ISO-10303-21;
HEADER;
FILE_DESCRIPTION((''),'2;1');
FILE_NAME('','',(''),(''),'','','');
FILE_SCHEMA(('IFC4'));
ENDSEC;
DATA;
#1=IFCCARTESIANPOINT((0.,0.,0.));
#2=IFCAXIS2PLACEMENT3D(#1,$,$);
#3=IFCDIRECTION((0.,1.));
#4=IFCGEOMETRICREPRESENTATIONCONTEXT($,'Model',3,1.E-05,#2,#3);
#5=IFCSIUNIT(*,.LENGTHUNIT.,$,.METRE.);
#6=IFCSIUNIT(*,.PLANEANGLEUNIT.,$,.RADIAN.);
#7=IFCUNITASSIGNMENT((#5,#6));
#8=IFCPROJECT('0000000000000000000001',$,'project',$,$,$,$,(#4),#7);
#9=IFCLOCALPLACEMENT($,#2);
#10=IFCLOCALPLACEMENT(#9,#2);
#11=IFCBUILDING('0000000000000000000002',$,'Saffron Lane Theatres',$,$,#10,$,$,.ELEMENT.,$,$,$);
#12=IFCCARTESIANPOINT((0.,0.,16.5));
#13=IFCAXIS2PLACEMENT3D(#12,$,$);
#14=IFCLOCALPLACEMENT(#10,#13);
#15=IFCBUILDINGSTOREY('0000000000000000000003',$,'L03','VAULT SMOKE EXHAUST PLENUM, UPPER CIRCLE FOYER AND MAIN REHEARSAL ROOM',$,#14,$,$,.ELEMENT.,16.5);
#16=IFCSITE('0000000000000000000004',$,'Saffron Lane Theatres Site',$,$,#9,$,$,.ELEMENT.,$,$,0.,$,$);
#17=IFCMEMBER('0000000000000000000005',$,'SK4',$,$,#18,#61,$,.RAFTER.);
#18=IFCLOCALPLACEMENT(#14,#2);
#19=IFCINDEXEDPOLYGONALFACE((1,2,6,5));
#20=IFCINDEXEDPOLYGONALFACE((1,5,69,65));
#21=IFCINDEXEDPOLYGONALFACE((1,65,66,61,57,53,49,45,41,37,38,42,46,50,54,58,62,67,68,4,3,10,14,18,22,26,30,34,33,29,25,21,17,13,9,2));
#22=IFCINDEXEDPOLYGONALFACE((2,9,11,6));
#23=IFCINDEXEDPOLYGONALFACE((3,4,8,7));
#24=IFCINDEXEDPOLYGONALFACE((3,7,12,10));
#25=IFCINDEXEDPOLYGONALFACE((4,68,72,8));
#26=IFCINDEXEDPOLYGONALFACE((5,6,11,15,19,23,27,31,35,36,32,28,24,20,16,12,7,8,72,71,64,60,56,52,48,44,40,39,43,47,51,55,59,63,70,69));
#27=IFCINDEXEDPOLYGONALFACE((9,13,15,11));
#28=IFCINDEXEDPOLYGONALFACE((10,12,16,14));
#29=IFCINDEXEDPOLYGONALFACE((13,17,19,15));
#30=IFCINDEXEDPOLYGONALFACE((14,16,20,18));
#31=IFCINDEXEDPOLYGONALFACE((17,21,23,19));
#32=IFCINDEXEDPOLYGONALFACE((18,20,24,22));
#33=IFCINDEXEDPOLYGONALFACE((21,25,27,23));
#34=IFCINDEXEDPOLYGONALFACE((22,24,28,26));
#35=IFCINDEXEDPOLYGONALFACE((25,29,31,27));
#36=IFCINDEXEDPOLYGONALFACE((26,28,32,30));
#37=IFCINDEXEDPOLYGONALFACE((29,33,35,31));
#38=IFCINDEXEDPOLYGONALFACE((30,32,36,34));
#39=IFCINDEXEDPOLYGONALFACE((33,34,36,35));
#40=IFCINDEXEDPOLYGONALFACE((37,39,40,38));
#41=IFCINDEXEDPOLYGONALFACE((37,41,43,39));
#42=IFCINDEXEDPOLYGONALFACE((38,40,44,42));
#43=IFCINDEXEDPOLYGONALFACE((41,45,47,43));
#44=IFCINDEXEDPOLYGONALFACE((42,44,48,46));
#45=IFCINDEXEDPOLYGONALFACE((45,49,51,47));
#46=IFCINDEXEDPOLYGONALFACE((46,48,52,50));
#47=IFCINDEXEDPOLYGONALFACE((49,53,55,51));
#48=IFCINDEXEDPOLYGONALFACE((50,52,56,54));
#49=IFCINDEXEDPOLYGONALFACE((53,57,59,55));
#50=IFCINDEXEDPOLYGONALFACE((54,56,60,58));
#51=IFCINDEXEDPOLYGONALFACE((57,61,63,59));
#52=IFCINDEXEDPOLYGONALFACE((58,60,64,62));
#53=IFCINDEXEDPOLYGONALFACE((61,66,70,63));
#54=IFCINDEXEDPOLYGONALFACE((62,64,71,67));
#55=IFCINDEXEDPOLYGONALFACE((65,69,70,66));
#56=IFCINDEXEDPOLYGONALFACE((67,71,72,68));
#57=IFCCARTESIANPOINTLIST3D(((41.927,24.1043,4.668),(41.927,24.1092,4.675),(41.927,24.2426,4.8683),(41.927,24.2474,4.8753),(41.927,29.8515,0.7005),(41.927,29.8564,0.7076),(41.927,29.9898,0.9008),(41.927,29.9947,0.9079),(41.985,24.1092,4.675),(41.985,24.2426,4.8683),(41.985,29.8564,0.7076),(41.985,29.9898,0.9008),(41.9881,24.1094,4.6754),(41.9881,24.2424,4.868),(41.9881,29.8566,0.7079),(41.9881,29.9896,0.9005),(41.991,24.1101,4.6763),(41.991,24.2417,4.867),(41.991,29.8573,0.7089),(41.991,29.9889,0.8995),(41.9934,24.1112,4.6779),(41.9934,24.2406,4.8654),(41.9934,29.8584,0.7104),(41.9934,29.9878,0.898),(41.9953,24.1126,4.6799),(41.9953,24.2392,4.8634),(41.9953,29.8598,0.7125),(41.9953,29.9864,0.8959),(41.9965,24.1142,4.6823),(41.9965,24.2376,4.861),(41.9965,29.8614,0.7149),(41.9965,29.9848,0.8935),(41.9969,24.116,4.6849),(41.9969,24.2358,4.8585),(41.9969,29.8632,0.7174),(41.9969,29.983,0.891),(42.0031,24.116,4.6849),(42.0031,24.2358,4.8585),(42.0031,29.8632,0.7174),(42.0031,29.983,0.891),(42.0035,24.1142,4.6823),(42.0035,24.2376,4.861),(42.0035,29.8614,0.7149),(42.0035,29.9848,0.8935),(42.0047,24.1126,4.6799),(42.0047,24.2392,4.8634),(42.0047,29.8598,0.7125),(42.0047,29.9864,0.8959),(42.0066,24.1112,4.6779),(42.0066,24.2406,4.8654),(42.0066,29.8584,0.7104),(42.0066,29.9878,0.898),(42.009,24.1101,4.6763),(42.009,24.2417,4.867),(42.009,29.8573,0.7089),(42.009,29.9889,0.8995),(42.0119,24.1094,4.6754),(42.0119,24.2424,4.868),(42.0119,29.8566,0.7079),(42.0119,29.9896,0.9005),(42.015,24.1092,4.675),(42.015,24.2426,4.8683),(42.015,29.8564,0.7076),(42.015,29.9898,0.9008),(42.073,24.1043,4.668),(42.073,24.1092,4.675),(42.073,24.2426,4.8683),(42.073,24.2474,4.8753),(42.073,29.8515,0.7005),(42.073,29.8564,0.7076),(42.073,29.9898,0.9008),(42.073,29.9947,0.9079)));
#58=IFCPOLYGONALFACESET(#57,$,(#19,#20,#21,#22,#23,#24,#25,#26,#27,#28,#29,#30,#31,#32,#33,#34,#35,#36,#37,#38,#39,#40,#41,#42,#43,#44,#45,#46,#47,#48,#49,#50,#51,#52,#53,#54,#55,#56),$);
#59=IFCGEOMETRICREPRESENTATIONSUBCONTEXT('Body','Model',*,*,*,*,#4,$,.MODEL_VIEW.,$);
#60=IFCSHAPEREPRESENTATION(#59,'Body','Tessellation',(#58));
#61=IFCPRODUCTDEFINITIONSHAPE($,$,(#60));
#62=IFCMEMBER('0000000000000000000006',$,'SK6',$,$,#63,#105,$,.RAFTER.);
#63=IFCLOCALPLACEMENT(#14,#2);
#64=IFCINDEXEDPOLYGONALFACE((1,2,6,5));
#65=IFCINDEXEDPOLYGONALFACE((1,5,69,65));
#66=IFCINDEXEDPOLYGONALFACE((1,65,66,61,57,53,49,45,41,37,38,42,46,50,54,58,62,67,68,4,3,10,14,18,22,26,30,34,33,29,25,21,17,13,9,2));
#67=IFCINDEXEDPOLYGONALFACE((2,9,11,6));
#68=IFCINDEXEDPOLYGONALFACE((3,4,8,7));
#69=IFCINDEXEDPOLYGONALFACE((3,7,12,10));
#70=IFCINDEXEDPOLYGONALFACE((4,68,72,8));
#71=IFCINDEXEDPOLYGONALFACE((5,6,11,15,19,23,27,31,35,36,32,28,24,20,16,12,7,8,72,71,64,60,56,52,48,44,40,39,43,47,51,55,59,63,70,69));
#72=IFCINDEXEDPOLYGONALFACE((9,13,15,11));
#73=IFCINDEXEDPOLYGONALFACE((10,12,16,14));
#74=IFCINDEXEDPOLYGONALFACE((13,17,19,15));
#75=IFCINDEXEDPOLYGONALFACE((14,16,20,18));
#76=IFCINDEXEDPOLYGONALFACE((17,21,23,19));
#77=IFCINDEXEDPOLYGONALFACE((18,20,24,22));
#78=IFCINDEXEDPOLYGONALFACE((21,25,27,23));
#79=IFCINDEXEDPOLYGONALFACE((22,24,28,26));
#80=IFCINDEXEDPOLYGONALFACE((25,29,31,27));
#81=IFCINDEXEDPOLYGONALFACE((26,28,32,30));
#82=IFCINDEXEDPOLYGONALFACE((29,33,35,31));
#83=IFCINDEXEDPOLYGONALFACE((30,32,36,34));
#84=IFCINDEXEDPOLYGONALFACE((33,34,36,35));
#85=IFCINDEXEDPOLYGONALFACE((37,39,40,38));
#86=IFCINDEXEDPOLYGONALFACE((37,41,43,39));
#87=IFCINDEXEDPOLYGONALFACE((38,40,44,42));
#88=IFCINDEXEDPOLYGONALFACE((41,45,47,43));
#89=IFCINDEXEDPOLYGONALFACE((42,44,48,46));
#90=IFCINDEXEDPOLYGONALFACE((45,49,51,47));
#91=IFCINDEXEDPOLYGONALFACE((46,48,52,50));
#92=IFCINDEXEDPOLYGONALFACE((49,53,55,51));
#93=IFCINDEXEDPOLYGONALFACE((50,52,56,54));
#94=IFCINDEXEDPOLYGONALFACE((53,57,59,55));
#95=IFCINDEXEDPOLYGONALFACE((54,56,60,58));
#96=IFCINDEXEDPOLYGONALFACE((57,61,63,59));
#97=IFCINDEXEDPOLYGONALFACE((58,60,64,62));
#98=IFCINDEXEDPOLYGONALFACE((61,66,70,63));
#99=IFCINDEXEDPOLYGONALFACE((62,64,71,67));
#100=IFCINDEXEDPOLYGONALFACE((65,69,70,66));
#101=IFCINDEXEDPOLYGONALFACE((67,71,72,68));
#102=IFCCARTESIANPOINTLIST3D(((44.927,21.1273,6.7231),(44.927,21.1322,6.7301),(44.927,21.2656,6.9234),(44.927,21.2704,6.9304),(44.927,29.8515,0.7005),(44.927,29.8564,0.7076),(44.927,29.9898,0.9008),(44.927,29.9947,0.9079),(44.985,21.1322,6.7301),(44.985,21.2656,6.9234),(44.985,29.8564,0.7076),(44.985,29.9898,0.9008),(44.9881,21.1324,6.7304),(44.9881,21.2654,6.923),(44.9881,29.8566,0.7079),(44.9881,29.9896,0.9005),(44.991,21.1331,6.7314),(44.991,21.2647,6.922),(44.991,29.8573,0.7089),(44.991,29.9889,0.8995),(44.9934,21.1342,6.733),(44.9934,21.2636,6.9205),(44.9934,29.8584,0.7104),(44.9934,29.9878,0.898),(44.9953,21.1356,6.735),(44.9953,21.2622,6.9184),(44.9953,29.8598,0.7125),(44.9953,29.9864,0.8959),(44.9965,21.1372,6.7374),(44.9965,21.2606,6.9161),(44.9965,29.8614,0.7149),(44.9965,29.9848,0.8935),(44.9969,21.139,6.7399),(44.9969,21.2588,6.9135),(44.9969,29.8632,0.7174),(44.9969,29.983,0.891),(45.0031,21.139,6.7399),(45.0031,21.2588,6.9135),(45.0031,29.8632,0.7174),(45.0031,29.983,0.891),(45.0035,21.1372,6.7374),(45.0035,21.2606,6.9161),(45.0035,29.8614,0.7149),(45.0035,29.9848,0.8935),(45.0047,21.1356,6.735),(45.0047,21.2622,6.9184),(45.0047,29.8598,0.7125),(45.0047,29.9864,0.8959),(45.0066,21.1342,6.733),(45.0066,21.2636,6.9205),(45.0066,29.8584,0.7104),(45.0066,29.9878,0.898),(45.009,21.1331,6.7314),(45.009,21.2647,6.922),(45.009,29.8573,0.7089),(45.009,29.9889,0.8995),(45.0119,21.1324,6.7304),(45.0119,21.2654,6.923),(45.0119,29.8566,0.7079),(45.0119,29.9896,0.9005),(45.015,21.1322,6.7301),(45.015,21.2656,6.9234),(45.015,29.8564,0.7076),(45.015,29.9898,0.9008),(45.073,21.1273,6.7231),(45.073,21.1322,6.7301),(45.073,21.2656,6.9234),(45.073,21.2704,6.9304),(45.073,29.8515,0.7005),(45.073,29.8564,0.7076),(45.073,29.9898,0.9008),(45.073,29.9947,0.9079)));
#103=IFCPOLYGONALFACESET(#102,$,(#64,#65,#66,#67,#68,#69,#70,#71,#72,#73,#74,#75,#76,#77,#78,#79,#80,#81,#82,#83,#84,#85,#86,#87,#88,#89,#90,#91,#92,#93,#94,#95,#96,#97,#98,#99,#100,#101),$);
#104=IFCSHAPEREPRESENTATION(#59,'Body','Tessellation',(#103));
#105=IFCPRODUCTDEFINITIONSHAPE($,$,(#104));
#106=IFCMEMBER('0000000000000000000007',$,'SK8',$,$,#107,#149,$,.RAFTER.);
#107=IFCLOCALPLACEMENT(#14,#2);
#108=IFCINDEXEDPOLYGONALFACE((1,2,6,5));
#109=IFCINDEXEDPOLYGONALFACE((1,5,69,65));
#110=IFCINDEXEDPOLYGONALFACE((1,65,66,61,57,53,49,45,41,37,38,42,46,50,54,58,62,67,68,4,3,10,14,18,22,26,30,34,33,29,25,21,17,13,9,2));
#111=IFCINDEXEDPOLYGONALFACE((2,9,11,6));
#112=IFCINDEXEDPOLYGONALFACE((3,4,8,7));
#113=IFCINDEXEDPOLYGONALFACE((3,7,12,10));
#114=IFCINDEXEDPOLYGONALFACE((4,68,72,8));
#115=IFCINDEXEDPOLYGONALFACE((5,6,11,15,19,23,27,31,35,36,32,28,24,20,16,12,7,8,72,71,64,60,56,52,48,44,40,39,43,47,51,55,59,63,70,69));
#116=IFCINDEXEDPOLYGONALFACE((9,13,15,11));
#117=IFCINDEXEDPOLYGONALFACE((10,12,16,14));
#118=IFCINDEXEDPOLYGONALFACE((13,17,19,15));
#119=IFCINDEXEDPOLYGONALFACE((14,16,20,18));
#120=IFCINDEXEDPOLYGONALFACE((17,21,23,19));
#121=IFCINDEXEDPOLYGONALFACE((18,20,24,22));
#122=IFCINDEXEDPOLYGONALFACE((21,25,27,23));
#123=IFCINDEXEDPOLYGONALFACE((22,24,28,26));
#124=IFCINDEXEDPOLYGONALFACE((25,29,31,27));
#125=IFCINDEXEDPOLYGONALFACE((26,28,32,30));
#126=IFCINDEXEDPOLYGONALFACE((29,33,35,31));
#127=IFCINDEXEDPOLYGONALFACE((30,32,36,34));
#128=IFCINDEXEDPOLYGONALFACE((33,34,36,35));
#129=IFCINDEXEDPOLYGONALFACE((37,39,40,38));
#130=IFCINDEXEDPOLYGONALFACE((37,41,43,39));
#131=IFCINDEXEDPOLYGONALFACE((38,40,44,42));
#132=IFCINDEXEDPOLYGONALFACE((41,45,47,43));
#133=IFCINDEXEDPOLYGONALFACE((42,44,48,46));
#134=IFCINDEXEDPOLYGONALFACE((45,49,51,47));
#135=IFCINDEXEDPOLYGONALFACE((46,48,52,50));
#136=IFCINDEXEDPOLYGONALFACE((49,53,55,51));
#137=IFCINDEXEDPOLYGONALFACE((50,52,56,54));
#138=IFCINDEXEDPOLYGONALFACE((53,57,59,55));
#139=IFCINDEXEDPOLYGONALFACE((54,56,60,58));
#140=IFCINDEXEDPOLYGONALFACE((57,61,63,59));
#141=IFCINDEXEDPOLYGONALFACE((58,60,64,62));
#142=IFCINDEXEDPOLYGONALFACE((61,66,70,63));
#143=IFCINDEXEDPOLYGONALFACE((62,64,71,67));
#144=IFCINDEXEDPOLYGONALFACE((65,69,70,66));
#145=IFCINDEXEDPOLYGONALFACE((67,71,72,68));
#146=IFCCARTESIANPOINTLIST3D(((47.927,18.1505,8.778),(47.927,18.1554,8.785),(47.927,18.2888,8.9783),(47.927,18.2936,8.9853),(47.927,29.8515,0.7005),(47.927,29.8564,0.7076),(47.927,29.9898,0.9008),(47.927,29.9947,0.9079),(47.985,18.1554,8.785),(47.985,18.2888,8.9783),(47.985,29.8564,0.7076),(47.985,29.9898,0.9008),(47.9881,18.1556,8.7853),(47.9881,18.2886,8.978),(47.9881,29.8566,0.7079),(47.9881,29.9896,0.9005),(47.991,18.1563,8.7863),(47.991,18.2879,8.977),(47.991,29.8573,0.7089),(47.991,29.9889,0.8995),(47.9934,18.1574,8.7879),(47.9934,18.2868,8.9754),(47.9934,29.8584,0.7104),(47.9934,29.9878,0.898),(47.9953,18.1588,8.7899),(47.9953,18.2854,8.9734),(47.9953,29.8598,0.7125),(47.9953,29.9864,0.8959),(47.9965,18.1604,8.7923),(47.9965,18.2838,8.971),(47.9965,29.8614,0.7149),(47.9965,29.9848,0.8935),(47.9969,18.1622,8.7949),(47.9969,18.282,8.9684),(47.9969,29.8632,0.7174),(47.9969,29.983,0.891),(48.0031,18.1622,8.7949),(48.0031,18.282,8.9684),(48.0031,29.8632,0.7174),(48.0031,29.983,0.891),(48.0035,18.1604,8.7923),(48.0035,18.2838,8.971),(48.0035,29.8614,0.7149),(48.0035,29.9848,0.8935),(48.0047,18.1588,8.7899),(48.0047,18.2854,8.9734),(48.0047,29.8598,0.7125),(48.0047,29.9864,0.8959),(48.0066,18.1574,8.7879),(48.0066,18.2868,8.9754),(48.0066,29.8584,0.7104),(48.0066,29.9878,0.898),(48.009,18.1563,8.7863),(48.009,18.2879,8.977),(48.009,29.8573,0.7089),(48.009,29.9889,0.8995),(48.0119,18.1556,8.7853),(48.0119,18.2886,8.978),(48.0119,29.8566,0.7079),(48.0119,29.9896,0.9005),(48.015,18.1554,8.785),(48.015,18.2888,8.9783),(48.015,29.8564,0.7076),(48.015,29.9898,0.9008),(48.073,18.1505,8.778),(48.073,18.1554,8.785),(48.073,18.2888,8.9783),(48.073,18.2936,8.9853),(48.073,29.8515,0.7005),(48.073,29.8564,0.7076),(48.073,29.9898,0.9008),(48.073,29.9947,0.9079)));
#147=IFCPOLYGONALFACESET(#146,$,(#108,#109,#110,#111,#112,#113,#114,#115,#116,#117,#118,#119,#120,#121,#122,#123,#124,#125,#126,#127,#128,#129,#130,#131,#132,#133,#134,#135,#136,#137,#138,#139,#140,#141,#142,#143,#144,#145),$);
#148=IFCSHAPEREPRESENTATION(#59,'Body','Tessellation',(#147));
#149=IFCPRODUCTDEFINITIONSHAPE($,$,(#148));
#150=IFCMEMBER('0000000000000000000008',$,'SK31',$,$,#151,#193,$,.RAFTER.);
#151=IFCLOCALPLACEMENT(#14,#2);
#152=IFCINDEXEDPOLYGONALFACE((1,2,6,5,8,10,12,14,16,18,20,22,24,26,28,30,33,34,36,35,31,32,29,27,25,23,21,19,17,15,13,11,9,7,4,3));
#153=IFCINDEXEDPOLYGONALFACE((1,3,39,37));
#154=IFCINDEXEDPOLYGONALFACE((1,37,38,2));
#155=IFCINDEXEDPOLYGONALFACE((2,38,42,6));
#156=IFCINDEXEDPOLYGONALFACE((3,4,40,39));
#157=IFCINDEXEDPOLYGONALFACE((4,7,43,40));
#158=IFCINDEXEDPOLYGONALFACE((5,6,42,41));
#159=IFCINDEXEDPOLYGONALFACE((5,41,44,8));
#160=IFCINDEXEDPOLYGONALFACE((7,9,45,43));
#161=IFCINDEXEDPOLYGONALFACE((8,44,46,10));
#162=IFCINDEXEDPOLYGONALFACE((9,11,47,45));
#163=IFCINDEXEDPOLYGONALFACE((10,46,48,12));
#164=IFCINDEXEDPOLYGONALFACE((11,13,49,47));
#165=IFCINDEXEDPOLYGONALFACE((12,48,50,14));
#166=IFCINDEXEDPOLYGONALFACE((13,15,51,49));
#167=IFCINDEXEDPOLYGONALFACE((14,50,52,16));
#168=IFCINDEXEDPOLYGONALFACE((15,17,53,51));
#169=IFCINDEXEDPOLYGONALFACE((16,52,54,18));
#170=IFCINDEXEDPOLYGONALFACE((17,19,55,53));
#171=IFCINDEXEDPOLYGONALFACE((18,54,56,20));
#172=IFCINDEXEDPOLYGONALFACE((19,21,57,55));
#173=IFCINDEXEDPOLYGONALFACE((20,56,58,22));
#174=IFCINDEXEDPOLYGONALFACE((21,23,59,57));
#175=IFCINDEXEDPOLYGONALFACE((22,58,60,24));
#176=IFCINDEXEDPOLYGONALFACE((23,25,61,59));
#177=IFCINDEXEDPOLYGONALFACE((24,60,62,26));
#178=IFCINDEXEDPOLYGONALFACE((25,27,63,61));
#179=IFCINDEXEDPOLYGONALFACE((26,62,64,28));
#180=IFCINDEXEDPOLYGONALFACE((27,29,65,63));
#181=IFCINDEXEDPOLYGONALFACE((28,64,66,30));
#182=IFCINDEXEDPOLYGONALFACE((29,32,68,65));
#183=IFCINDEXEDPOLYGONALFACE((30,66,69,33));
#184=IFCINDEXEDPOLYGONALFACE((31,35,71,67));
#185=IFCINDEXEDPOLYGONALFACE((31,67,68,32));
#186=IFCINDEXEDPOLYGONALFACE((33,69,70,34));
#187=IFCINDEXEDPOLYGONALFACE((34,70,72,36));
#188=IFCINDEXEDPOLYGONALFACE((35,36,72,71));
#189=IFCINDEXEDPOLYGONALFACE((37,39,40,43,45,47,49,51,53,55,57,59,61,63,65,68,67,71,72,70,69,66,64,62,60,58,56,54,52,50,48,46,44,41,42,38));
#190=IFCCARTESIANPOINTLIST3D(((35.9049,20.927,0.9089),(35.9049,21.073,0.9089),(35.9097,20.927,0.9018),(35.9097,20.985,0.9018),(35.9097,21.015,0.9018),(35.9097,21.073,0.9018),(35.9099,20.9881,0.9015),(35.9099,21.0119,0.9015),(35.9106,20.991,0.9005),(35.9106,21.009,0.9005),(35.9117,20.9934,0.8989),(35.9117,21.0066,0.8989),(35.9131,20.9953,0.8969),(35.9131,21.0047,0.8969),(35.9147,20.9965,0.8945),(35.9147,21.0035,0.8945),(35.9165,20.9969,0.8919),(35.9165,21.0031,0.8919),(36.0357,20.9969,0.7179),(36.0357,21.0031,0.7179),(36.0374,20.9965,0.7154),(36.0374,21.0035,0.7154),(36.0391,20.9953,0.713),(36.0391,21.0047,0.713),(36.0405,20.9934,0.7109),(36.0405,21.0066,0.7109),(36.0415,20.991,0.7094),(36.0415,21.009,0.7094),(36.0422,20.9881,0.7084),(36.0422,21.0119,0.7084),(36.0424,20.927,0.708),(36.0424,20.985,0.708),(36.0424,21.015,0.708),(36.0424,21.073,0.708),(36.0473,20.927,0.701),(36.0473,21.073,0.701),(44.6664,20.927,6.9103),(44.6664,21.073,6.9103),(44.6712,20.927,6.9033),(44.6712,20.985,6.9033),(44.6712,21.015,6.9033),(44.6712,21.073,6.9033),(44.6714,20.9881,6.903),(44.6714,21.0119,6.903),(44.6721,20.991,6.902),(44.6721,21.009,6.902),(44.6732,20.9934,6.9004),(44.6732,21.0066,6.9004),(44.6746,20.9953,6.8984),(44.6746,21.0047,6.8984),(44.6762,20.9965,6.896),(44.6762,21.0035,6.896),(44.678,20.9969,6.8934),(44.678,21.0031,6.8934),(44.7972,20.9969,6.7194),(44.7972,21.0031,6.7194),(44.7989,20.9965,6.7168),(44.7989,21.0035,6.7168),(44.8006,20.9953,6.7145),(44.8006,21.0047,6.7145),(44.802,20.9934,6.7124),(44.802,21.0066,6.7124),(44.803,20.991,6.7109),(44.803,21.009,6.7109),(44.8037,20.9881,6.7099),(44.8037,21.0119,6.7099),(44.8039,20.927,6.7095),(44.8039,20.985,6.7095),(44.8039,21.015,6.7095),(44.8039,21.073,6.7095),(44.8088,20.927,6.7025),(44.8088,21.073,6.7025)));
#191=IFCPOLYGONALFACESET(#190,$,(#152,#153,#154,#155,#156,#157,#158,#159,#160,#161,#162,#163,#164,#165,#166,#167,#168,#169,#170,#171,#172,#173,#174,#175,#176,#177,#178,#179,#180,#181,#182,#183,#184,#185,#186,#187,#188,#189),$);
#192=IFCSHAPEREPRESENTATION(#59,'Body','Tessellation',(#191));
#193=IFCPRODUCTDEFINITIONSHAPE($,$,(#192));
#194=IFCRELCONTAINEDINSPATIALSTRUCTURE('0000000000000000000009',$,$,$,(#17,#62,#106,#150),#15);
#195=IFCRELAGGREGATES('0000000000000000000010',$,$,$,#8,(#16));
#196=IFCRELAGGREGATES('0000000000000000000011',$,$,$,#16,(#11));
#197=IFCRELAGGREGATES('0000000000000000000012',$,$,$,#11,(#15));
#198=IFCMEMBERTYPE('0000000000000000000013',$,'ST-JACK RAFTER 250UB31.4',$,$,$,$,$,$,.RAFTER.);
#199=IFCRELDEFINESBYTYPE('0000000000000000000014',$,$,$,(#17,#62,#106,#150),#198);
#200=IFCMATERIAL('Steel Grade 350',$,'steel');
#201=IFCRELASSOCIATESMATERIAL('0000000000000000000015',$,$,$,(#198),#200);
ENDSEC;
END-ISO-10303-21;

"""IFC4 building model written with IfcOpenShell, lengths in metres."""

from ifc_helpers import new_model, si_unit, direction, frame, origin, origin_2d, place, context, subcontext, project, spatial, i_section, extrude, material, material_profile, profile_set, type_object, element, save


model = new_model("IFC4")

# Units and contexts
model_context = context("Model", 3, precision=1e-05, world=origin(), true_north=direction((0.0, 1.0)))
body_context = subcontext(model_context, "Body", "Model", "MODEL_VIEW")
ifc_project = project(units=[si_unit("LENGTHUNIT", "METRE"), si_unit("PLANEANGLEUNIT", "RADIAN")], contexts=[model_context])

# Site, building, storey
site_placement = place(None, origin())
site = spatial("IfcSite", under=ifc_project, at=site_placement, Name="Saffron Lane Theatres Site", CompositionType="ELEMENT", RefElevation=0.0)
building_placement = place(site_placement, origin())
building = spatial("IfcBuilding", under=site, at=building_placement, Name="Saffron Lane Theatres", CompositionType="ELEMENT")
storey_placement = place(building_placement, frame((0.0, 0.0, 16.5)))
storey = spatial("IfcBuildingStorey", under=building, at=storey_placement, Name="L03", Description="VAULT SMOKE EXHAUST PLENUM, UPPER CIRCLE FOYER AND MAIN REHEARSAL ROOM", CompositionType="ELEMENT", Elevation=16.5)

# Members
ifc_material_1 = material(Name="Steel Grade 350", Category="steel")
ifc_material_profile_1 = material_profile(ifc_material_1, i_section(OverallWidth=0.146, OverallDepth=0.252, WebThickness=0.0061, FlangeThickness=0.0085, FilletRadius=0.012, at=origin_2d()))
ifc_profile_set_1 = profile_set([ifc_material_profile_1], Name="Steel Grade 350")
member_type_1 = type_object("IfcMemberType", Name="ST-JACK RAFTER 250UB31.4", PredefinedType="RAFTER", material=ifc_profile_set_1)
member_1_placement = place(storey_placement, frame((42.0, 29.9231, 0.8042), z_axis=(0.0, -0.822954, 0.568108), x_axis=(1.0, 0.0, 0.0)))
element("IfcMember", 1, at=member_1_placement, inside=storey, type_object=member_type_1, Name="SK4", PredefinedType="RAFTER", context=body_context, shape_type="SweptSolid", body=[
    extrude(i_section(OverallWidth=0.146, OverallDepth=0.252, WebThickness=0.0061, FlangeThickness=0.0085, FilletRadius=0.012, at=origin_2d()), origin(), (0.0, 0.0, 1.0), 6.9836),
])
member_2_placement = place(storey_placement, frame((45.0, 29.9231, 0.8042), z_axis=(0.0, -0.822956, 0.568105), x_axis=(1.0, 0.0, 0.0)))
element("IfcMember", 2, at=member_2_placement, inside=storey, type_object=member_type_1, Name="SK6", PredefinedType="RAFTER", context=body_context, shape_type="SweptSolid", body=[
    extrude(i_section(OverallWidth=0.146, OverallDepth=0.252, WebThickness=0.0061, FlangeThickness=0.0085, FilletRadius=0.012, at=origin_2d()), origin(), (0.0, 0.0, 1.0), 10.6011),
])
member_3_placement = place(storey_placement, frame((48.0, 29.9231, 0.8042), z_axis=(0.0, -0.822957, 0.568104), x_axis=(1.0, 0.0, 0.0)))
element("IfcMember", 3, at=member_3_placement, inside=storey, type_object=member_type_1, Name="SK8", PredefinedType="RAFTER", context=body_context, shape_type="SweptSolid", body=[
    extrude(i_section(OverallWidth=0.146, OverallDepth=0.252, WebThickness=0.0061, FlangeThickness=0.0085, FilletRadius=0.012, at=origin_2d()), origin(), (0.0, 0.0, 1.0), 14.2183),
])
member_4_placement = place(storey_placement, frame((35.9761, 21.0, 0.8049), z_axis=(0.82501, 0.0, 0.565118), x_axis=(0.0, 1.0, 0.0)))
element("IfcMember", 4, at=member_4_placement, inside=storey, type_object=member_type_1, Name="SK31", PredefinedType="RAFTER", context=body_context, shape_type="SweptSolid", body=[
    extrude(i_section(OverallWidth=0.146, OverallDepth=0.252, WebThickness=0.0061, FlangeThickness=0.0085, FilletRadius=0.012, at=origin_2d()), origin(), (0.0, 0.0, 1.0), 10.6199),
])

save(model, "model.ifc")
